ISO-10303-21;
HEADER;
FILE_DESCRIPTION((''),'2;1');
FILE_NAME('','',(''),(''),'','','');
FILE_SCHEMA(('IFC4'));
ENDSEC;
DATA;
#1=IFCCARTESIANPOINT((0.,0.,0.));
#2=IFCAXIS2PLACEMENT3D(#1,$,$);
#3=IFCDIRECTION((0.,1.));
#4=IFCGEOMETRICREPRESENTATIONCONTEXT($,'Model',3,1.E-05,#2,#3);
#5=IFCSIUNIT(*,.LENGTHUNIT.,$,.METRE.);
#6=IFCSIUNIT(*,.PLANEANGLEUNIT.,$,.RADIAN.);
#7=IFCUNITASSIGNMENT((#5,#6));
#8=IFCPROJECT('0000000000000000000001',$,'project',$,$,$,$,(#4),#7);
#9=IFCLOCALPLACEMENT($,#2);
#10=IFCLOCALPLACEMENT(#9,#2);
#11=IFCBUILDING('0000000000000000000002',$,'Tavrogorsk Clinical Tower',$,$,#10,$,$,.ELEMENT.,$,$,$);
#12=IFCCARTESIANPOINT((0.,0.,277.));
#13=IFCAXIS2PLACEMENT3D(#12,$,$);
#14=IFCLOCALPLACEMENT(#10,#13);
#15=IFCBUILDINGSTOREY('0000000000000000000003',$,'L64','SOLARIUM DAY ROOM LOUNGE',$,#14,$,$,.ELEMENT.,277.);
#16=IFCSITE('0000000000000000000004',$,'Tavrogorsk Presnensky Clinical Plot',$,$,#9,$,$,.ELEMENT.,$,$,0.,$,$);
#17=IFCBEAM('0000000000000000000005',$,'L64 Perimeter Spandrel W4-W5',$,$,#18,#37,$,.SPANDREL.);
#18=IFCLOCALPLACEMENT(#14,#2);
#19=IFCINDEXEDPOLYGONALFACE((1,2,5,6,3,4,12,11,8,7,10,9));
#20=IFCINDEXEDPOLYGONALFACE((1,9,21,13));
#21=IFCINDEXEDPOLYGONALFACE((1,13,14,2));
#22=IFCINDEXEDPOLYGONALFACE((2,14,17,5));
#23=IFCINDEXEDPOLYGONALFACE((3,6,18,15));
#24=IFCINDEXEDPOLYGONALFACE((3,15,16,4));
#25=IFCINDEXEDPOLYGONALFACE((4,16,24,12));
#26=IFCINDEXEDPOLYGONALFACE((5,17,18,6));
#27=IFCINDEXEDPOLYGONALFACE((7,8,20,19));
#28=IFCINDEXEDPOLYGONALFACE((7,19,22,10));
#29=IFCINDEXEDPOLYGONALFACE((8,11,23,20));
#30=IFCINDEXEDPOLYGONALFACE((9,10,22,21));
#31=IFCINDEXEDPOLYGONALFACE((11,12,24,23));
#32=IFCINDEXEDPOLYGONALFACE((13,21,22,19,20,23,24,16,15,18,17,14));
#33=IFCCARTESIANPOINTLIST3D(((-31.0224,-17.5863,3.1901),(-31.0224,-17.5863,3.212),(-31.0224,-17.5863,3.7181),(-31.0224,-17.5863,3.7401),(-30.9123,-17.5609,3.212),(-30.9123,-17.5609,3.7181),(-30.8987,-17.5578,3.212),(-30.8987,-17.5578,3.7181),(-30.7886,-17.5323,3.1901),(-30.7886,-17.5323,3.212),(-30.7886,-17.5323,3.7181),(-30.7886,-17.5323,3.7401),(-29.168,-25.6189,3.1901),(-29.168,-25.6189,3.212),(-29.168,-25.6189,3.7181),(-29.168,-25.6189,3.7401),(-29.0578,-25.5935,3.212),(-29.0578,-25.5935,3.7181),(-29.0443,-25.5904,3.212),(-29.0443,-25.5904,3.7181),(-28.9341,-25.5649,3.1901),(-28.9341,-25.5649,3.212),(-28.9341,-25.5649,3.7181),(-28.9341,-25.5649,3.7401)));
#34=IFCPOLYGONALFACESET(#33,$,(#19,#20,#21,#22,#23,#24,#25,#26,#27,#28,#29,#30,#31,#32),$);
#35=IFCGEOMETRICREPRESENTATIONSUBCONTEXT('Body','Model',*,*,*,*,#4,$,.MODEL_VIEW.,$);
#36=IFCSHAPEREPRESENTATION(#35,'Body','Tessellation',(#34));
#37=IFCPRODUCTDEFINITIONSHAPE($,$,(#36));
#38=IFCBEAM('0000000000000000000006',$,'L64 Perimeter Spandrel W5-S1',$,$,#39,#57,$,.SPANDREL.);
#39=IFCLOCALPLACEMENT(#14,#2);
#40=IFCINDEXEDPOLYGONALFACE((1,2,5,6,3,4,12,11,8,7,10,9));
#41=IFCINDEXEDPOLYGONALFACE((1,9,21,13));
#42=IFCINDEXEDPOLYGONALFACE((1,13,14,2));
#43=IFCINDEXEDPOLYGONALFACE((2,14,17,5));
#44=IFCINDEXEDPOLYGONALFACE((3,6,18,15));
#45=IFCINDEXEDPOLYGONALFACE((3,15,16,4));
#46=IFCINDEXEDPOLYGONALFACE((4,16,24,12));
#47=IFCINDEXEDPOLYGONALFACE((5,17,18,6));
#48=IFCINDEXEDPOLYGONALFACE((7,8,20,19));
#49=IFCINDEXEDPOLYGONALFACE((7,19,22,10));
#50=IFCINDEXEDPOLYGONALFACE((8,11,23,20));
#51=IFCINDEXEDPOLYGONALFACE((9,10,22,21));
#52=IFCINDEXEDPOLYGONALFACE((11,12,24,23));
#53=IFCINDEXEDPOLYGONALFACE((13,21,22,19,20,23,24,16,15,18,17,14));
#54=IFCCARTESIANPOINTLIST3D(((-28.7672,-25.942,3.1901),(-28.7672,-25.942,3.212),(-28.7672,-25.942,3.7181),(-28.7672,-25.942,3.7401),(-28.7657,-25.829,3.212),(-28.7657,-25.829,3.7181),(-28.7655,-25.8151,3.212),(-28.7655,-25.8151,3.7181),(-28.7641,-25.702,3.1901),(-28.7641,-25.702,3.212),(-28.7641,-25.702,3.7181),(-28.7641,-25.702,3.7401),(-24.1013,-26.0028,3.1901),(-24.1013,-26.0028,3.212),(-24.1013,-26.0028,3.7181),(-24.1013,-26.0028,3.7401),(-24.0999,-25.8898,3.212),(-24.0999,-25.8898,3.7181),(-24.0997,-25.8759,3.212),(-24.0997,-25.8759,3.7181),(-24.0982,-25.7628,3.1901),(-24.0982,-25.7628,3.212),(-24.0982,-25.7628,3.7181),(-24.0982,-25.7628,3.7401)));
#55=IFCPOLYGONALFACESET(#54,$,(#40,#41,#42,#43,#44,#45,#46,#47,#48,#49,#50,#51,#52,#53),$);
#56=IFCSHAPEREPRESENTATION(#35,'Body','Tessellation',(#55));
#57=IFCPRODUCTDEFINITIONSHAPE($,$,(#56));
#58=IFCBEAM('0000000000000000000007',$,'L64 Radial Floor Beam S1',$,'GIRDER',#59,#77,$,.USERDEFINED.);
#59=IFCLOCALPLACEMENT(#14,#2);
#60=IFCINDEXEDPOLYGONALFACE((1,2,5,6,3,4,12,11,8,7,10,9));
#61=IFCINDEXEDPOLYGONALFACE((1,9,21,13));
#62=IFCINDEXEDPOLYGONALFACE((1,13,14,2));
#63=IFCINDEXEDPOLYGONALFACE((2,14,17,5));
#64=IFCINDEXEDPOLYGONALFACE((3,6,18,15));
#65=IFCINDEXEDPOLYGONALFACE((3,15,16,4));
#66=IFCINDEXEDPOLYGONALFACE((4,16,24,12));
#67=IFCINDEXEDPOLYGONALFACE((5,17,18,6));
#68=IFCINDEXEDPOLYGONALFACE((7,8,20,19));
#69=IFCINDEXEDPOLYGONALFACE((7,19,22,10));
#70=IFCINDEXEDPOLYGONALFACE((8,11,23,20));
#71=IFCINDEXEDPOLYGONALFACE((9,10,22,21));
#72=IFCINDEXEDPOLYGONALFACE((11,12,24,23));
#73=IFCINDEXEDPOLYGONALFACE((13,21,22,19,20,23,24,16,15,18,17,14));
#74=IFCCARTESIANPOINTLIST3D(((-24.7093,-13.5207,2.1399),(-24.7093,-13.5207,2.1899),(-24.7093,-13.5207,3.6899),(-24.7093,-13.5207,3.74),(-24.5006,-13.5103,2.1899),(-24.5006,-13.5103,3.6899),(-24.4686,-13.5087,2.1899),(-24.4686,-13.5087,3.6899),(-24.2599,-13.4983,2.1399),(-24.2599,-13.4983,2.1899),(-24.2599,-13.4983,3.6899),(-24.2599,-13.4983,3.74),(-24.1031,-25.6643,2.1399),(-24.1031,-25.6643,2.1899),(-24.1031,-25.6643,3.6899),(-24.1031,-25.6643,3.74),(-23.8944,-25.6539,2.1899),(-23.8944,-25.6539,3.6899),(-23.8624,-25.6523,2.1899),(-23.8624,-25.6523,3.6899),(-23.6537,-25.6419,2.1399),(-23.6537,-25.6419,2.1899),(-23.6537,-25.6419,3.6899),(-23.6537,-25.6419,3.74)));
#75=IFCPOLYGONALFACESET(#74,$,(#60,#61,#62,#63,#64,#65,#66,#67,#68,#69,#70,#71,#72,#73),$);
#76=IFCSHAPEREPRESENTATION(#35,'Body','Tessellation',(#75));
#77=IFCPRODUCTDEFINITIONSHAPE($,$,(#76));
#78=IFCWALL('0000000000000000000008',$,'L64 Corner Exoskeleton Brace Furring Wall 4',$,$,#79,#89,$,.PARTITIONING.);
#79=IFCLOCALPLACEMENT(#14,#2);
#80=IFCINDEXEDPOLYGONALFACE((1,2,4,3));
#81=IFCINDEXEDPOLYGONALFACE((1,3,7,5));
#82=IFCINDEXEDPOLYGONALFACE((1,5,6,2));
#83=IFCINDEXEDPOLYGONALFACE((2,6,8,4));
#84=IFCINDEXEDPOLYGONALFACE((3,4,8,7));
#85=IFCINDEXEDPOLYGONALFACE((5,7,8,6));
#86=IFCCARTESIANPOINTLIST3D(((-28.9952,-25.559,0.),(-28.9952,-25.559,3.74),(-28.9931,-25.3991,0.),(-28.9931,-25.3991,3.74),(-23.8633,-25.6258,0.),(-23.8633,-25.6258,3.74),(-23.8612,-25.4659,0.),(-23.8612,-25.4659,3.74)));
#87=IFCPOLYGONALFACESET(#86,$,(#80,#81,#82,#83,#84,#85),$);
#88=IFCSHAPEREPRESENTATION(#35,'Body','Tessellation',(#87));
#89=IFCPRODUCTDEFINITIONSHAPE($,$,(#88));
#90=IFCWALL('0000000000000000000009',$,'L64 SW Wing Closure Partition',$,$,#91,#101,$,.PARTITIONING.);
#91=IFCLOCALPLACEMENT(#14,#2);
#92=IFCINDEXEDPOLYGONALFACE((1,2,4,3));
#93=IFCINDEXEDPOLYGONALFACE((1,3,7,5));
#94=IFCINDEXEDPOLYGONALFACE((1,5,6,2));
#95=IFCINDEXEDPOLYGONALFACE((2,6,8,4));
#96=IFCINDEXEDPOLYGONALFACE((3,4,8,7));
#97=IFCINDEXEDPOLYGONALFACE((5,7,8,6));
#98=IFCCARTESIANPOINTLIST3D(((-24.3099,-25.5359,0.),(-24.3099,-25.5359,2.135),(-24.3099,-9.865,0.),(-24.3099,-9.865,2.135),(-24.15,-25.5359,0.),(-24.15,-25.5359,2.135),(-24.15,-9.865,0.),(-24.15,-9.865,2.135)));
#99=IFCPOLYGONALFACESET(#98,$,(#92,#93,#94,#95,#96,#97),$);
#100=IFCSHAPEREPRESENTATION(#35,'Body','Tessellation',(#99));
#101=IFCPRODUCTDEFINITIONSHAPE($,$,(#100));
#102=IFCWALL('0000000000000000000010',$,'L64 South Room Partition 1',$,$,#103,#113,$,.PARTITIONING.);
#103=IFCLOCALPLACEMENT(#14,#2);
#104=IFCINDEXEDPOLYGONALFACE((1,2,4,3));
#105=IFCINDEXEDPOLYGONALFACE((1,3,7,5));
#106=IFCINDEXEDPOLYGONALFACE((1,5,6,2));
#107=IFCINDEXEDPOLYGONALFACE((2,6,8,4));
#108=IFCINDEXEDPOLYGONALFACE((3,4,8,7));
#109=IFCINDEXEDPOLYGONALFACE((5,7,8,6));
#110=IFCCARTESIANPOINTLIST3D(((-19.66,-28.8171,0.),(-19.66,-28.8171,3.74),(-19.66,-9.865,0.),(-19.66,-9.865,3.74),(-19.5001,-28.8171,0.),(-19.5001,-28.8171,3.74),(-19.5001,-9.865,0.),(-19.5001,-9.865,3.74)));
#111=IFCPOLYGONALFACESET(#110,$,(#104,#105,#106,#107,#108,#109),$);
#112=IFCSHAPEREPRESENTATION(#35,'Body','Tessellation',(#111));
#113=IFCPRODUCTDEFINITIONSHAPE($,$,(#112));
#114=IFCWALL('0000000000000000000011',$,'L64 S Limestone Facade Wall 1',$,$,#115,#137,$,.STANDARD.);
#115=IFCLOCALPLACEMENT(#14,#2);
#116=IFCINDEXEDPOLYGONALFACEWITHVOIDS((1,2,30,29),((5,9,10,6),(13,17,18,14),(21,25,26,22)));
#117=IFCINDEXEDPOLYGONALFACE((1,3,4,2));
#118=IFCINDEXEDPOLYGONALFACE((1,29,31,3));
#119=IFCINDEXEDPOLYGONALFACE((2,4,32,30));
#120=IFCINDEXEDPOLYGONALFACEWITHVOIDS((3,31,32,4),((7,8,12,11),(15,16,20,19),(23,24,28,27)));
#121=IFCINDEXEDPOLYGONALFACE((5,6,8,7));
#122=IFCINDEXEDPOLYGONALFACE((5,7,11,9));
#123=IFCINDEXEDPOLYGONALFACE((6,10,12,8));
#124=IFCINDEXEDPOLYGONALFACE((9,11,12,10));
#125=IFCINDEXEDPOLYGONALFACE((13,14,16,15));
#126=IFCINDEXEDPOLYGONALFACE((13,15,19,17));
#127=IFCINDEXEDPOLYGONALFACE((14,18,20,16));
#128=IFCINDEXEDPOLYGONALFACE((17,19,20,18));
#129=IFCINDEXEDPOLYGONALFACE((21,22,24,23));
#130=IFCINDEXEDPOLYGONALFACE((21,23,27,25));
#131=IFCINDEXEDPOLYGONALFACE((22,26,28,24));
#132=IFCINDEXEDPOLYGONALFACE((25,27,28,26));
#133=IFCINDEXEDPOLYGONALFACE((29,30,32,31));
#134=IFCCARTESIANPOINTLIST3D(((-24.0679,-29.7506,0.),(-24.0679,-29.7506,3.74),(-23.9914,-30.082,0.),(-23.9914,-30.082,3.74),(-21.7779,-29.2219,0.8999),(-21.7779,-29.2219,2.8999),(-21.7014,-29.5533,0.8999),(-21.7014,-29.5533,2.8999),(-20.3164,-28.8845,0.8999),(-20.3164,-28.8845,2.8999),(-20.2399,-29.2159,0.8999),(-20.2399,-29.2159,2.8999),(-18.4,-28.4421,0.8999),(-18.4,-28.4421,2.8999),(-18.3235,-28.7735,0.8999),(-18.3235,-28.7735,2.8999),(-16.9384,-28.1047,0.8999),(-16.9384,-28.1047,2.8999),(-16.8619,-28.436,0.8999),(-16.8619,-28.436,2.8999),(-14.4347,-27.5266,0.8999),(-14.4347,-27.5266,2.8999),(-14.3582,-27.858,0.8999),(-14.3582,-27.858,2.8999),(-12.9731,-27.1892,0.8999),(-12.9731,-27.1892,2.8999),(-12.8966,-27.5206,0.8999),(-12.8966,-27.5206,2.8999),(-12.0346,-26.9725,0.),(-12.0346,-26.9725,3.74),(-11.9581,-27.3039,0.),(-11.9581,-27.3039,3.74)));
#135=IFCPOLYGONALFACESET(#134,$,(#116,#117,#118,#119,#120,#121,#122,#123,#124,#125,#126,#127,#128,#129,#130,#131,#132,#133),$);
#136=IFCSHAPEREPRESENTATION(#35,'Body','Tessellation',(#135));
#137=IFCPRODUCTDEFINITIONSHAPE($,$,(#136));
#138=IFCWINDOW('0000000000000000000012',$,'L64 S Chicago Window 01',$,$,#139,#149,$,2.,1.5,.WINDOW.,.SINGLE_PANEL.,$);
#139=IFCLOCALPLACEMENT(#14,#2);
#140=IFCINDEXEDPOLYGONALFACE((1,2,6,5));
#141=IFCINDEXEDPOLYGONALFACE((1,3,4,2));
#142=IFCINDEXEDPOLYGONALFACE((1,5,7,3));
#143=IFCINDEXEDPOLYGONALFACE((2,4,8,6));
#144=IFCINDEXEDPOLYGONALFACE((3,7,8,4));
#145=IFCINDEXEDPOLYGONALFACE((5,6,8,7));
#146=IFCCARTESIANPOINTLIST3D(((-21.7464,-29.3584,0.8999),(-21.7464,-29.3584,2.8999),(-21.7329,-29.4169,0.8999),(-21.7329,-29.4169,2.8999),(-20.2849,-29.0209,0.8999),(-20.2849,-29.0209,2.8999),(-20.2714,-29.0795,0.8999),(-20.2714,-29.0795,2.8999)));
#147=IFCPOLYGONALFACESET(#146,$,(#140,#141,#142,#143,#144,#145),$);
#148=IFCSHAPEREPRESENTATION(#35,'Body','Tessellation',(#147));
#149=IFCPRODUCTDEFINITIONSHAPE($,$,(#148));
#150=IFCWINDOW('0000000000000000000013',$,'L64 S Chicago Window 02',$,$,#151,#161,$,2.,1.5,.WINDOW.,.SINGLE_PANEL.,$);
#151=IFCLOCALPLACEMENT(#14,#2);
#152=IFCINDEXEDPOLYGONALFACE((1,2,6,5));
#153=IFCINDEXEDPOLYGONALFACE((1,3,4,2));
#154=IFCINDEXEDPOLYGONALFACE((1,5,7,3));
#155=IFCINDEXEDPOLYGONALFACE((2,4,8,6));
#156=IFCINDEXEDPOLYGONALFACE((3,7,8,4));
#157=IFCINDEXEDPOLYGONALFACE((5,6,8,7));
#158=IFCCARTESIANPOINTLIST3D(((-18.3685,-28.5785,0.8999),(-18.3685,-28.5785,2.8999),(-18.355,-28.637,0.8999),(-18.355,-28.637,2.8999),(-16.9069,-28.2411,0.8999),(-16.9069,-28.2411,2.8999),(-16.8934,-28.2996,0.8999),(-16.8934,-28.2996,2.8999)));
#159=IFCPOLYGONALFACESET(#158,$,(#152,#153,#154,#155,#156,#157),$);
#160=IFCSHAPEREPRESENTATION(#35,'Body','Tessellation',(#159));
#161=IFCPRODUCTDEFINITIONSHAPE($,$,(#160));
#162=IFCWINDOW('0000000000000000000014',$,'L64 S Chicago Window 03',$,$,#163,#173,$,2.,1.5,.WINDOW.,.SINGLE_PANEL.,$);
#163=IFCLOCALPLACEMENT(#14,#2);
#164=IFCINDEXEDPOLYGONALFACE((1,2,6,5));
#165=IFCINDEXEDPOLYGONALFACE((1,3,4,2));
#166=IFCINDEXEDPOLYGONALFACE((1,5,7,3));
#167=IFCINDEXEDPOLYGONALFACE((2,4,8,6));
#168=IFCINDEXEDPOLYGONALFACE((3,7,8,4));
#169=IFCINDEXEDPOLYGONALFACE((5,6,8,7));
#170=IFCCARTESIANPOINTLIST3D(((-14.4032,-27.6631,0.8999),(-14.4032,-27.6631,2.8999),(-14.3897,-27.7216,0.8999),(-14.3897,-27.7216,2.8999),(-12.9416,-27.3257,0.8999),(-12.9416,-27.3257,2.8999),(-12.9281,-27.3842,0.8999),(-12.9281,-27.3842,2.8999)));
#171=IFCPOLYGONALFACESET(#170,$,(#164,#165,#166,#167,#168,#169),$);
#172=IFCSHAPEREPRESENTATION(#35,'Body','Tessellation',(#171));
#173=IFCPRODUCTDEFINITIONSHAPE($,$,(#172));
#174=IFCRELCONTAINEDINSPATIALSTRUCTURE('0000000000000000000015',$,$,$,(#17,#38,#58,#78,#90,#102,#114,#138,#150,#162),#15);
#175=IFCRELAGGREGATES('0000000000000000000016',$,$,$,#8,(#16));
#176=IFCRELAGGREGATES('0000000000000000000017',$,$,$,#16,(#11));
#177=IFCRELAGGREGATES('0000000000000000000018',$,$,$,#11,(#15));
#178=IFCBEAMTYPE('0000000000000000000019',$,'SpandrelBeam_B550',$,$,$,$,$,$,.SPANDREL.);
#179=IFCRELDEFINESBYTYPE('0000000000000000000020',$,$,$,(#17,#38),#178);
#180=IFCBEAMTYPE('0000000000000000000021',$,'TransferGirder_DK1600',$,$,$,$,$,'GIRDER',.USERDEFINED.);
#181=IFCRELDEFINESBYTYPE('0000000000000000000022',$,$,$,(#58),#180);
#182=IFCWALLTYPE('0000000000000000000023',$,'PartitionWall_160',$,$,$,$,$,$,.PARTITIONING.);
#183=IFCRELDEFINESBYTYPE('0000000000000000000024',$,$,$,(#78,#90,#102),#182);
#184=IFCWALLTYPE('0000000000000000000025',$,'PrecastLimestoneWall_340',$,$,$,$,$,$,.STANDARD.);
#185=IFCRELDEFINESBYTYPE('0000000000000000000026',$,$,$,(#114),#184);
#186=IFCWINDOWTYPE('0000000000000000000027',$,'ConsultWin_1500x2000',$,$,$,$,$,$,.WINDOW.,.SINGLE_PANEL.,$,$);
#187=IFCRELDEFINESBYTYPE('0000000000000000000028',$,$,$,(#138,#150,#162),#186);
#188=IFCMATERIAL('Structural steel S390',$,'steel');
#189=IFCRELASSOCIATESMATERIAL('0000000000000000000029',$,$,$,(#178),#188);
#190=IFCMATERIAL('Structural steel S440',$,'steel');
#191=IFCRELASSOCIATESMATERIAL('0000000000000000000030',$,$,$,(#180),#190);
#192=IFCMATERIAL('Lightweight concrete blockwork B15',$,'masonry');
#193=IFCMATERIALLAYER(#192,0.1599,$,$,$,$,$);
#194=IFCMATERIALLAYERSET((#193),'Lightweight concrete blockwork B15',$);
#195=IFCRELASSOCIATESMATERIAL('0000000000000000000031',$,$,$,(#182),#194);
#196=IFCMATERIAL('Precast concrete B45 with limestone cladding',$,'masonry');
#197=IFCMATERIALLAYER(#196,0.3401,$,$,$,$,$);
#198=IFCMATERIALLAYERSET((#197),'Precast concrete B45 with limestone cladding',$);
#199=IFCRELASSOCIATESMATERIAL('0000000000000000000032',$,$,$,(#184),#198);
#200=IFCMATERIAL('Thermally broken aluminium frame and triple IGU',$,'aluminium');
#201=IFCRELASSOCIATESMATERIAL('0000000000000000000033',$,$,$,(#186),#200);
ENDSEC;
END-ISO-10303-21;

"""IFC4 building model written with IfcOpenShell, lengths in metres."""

from ifc_helpers import new_model, si_unit, direction, frame, frame_2d, origin, origin_2d, place, context, subcontext, project, spatial, rectangle, i_section, extrude, material, layer, layer_set, material_profile, profile_set, type_object, element, fill, save


model = new_model("IFC4")

# Units and contexts
model_context = context("Model", 3, precision=1e-05, world=origin(), true_north=direction((0.0, 1.0)))
body_context = subcontext(model_context, "Body", "Model", "MODEL_VIEW")
ifc_project = project(units=[si_unit("LENGTHUNIT", "METRE"), si_unit("PLANEANGLEUNIT", "RADIAN")], contexts=[model_context])

# Site, building, storey
site_placement = place(None, origin())
site = spatial("IfcSite", under=ifc_project, at=site_placement, Name="Tavrogorsk Presnensky Clinical Plot", CompositionType="ELEMENT", RefElevation=0.0)
building_placement = place(site_placement, origin())
building = spatial("IfcBuilding", under=site, at=building_placement, Name="Tavrogorsk Clinical Tower", CompositionType="ELEMENT")
storey_placement = place(building_placement, frame((0.0, 0.0, 277.0)))
storey = spatial("IfcBuildingStorey", under=building, at=storey_placement, Name="L64", Description="SOLARIUM DAY ROOM LOUNGE", CompositionType="ELEMENT", Elevation=277.0)

# Beams
ifc_material_1 = material(Name="Structural steel S390", Category="steel")
ifc_material_profile_1 = material_profile(ifc_material_1, i_section(OverallWidth=0.24, OverallDepth=0.55, WebThickness=0.0139, FlangeThickness=0.022, at=origin_2d()), Name="B-550x240x14x22")
ifc_profile_set_1 = profile_set([ifc_material_profile_1], Name="Structural steel S390")
beam_type_1 = type_object("IfcBeamType", Name="SpandrelBeam_B550", PredefinedType="SPANDREL", material=ifc_profile_set_1)
beam_1_placement = place(storey_placement, frame((-30.9055, -17.5593, 3.4651), z_axis=(0.22495, -0.97437, 0.0), x_axis=(0.97437, 0.22495, 0.0)))
element("IfcBeam", 1, at=beam_1_placement, inside=storey, type_object=beam_type_1, Name="L64 Perimeter Spandrel W4-W5", PredefinedType="SPANDREL", context=body_context, shape_type="SweptSolid", body=[
    extrude(i_section(OverallWidth=0.24, OverallDepth=0.55, WebThickness=0.0139, FlangeThickness=0.022, at=origin_2d()), origin(), (0.0, 0.0, 1.0), 8.2439),
])
beam_2_placement = place(storey_placement, frame((-28.7656, -25.822, 3.4651), z_axis=(0.999915, -0.013028, 0.0), x_axis=(0.013028, 0.999915, 0.0)))
element("IfcBeam", 2, at=beam_2_placement, inside=storey, type_object=beam_type_1, Name="L64 Perimeter Spandrel W5-S1", PredefinedType="SPANDREL", context=body_context, shape_type="SweptSolid", body=[
    extrude(i_section(OverallWidth=0.24, OverallDepth=0.55, WebThickness=0.0139, FlangeThickness=0.022, at=origin_2d()), origin(), (0.0, 0.0, 1.0), 4.6663),
])
ifc_material_2 = material(Name="Structural steel S440", Category="steel")
ifc_material_profile_2 = material_profile(ifc_material_2, i_section(OverallWidth=0.45, OverallDepth=1.6001, WebThickness=0.032, FlangeThickness=0.05, at=origin_2d()), Name="DK-1600x450x32x50")
ifc_profile_set_2 = profile_set([ifc_material_profile_2], Name="Structural steel S440")
beam_type_2 = type_object("IfcBeamType", Name="TransferGirder_DK1600", ElementType="GIRDER", PredefinedType="USERDEFINED", material=ifc_profile_set_2)
beam_3_placement = place(storey_placement, frame((-24.4846, -13.5095, 2.9399), z_axis=(0.049857, -0.998756, 0.0), x_axis=(0.998756, 0.049857, 0.0)))
element("IfcBeam", 3, at=beam_3_placement, inside=storey, type_object=beam_type_2, Name="L64 Radial Floor Beam S1", ObjectType="GIRDER", PredefinedType="USERDEFINED", context=body_context, shape_type="SweptSolid", body=[
    extrude(i_section(OverallWidth=0.45, OverallDepth=1.6001, WebThickness=0.032, FlangeThickness=0.05, at=origin_2d()), origin(), (0.0, 0.0, 1.0), 12.1587),
])

# Walls
ifc_material_3 = material(Name="Lightweight concrete blockwork B15", Category="masonry")
ifc_layer_1 = layer(ifc_material_3, 0.1599)
ifc_layer_set_1 = layer_set([ifc_layer_1], Name="Lightweight concrete blockwork B15")
wall_type_1 = type_object("IfcWallType", Name="PartitionWall_160", PredefinedType="PARTITIONING", material=ifc_layer_set_1)
wall_1_placement = place(storey_placement, frame((-28.9941, -25.479, 0.0), z_axis=(0.0, 0.0, 1.0), x_axis=(0.999915, -0.013034, 0.0)))
element("IfcWall", 4, at=wall_1_placement, inside=storey, type_object=wall_type_1, Name="L64 Corner Exoskeleton Brace Furring Wall 4", PredefinedType="PARTITIONING", context=body_context, shape_type="SweptSolid", body=[
    extrude(rectangle(XDim=5.1323, YDim=0.1599, at=frame_2d((2.5662, 0.0))), origin(), (0.0, 0.0, 1.0), 3.74),
])
wall_2_placement = place(storey_placement, frame((-24.23, -25.5359, 0.0), z_axis=(0.0, 0.0, 1.0), x_axis=(0.0, 1.0, 0.0)))
element("IfcWall", 5, at=wall_2_placement, inside=storey, type_object=wall_type_1, Name="L64 SW Wing Closure Partition", PredefinedType="PARTITIONING", context=body_context, shape_type="SweptSolid", body=[
    extrude(rectangle(XDim=15.6709, YDim=0.1599, at=frame_2d((7.8354, 0.0))), origin(), (0.0, 0.0, 1.0), 2.135),
])
wall_3_placement = place(storey_placement, frame((-19.5801, -28.8171, 0.0), z_axis=(0.0, 0.0, 1.0), x_axis=(0.0, 1.0, 0.0)))
element("IfcWall", 6, at=wall_3_placement, inside=storey, type_object=wall_type_1, Name="L64 South Room Partition 1", PredefinedType="PARTITIONING", context=body_context, shape_type="SweptSolid", body=[
    extrude(rectangle(XDim=18.9521, YDim=0.1599, at=frame_2d((9.4761, 0.0))), origin(), (0.0, 0.0, 1.0), 3.74),
])

# Wall, openings, windows
ifc_material_4 = material(Name="Precast concrete B45 with limestone cladding", Category="masonry")
ifc_layer_2 = layer(ifc_material_4, 0.3401)
ifc_layer_set_2 = layer_set([ifc_layer_2], Name="Precast concrete B45 with limestone cladding")
wall_type_2 = type_object("IfcWallType", Name="PrecastLimestoneWall_340", PredefinedType="STANDARD", material=ifc_layer_set_2)
wall_4_placement = place(storey_placement, frame((-24.0295, -29.9163, 0.0), z_axis=(0.0, 0.0, 1.0), x_axis=(0.974371, 0.224946, 0.0)))
wall_4 = element("IfcWall", 7, at=wall_4_placement, inside=storey, type_object=wall_type_2, Name="L64 S Limestone Facade Wall 1", PredefinedType="STANDARD", context=body_context, shape_type="SweptSolid", body=[
    extrude(rectangle(XDim=12.3499, YDim=0.3401, at=frame_2d((6.1748, 0.0))), origin(), (0.0, 0.0, 1.0), 3.74),
])
opening_1_placement = place(wall_4_placement, frame((2.3501, 0.0, 0.8999)))
opening_1 = element("IfcOpeningElement", 8, at=opening_1_placement, cuts=wall_4, PredefinedType="OPENING", context=body_context, shape_type="SweptSolid", body=[
    extrude(rectangle(XDim=1.5, YDim=2.0, at=frame_2d((0.75, 1.0))), frame((0.0, 0.1799, 0.0), z_axis=(0.0, -1.0, 0.0), x_axis=(1.0, 0.0, 0.0)), (0.0, 0.0, 1.0), 0.3601),
])
opening_2_placement = place(wall_4_placement, frame((5.8169, 0.0, 0.8999)))
opening_2 = element("IfcOpeningElement", 9, at=opening_2_placement, cuts=wall_4, PredefinedType="OPENING", context=body_context, shape_type="SweptSolid", body=[
    extrude(rectangle(XDim=1.5, YDim=2.0, at=frame_2d((0.75, 1.0))), frame((0.0, 0.1799, 0.0), z_axis=(0.0, -1.0, 0.0), x_axis=(1.0, 0.0, 0.0)), (0.0, 0.0, 1.0), 0.3601),
])
opening_3_placement = place(wall_4_placement, frame((9.8865, 0.0, 0.8999)))
opening_3 = element("IfcOpeningElement", 10, at=opening_3_placement, cuts=wall_4, PredefinedType="OPENING", context=body_context, shape_type="SweptSolid", body=[
    extrude(rectangle(XDim=1.5, YDim=2.0, at=frame_2d((0.75, 1.0))), frame((0.0, 0.1799, 0.0), z_axis=(0.0, -1.0, 0.0), x_axis=(1.0, 0.0, 0.0)), (0.0, 0.0, 1.0), 0.3601),
])
ifc_material_5 = material(Name="Thermally broken aluminium frame and triple IGU", Category="aluminium")
window_type = type_object("IfcWindowType", Name="ConsultWin_1500x2000", PartitioningType="SINGLE_PANEL", PredefinedType="WINDOW", material=ifc_material_5)
window_1_placement = place(opening_1_placement, origin())
window_1 = element("IfcWindow", 11, at=window_1_placement, inside=storey, type_object=window_type, Name="L64 S Chicago Window 01", OverallHeight=2.0, OverallWidth=1.5, PartitioningType="SINGLE_PANEL", PredefinedType="WINDOW", context=body_context, shape_type="SweptSolid", body=[
    extrude(rectangle(XDim=1.5, YDim=2.0, at=frame_2d((0.75, 1.0))), frame((0.0, 0.03, 0.0), z_axis=(0.0, -1.0, 0.0), x_axis=(1.0, 0.0, 0.0)), (0.0, 0.0, 1.0), 0.0601),
])
fill(opening_1, window_1)
window_2_placement = place(opening_2_placement, origin())
window_2 = element("IfcWindow", 12, at=window_2_placement, inside=storey, type_object=window_type, Name="L64 S Chicago Window 02", OverallHeight=2.0, OverallWidth=1.5, PartitioningType="SINGLE_PANEL", PredefinedType="WINDOW", context=body_context, shape_type="SweptSolid", body=[
    extrude(rectangle(XDim=1.5, YDim=2.0, at=frame_2d((0.75, 1.0))), frame((0.0, 0.03, 0.0), z_axis=(0.0, -1.0, 0.0), x_axis=(1.0, 0.0, 0.0)), (0.0, 0.0, 1.0), 0.0601),
])
fill(opening_2, window_2)
window_3_placement = place(opening_3_placement, origin())
window_3 = element("IfcWindow", 13, at=window_3_placement, inside=storey, type_object=window_type, Name="L64 S Chicago Window 03", OverallHeight=2.0, OverallWidth=1.5, PartitioningType="SINGLE_PANEL", PredefinedType="WINDOW", context=body_context, shape_type="SweptSolid", body=[
    extrude(rectangle(XDim=1.5, YDim=2.0, at=frame_2d((0.75, 1.0))), frame((0.0, 0.03, 0.0), z_axis=(0.0, -1.0, 0.0), x_axis=(1.0, 0.0, 0.0)), (0.0, 0.0, 1.0), 0.0601),
])
fill(opening_3, window_3)

save(model, "model.ifc")
